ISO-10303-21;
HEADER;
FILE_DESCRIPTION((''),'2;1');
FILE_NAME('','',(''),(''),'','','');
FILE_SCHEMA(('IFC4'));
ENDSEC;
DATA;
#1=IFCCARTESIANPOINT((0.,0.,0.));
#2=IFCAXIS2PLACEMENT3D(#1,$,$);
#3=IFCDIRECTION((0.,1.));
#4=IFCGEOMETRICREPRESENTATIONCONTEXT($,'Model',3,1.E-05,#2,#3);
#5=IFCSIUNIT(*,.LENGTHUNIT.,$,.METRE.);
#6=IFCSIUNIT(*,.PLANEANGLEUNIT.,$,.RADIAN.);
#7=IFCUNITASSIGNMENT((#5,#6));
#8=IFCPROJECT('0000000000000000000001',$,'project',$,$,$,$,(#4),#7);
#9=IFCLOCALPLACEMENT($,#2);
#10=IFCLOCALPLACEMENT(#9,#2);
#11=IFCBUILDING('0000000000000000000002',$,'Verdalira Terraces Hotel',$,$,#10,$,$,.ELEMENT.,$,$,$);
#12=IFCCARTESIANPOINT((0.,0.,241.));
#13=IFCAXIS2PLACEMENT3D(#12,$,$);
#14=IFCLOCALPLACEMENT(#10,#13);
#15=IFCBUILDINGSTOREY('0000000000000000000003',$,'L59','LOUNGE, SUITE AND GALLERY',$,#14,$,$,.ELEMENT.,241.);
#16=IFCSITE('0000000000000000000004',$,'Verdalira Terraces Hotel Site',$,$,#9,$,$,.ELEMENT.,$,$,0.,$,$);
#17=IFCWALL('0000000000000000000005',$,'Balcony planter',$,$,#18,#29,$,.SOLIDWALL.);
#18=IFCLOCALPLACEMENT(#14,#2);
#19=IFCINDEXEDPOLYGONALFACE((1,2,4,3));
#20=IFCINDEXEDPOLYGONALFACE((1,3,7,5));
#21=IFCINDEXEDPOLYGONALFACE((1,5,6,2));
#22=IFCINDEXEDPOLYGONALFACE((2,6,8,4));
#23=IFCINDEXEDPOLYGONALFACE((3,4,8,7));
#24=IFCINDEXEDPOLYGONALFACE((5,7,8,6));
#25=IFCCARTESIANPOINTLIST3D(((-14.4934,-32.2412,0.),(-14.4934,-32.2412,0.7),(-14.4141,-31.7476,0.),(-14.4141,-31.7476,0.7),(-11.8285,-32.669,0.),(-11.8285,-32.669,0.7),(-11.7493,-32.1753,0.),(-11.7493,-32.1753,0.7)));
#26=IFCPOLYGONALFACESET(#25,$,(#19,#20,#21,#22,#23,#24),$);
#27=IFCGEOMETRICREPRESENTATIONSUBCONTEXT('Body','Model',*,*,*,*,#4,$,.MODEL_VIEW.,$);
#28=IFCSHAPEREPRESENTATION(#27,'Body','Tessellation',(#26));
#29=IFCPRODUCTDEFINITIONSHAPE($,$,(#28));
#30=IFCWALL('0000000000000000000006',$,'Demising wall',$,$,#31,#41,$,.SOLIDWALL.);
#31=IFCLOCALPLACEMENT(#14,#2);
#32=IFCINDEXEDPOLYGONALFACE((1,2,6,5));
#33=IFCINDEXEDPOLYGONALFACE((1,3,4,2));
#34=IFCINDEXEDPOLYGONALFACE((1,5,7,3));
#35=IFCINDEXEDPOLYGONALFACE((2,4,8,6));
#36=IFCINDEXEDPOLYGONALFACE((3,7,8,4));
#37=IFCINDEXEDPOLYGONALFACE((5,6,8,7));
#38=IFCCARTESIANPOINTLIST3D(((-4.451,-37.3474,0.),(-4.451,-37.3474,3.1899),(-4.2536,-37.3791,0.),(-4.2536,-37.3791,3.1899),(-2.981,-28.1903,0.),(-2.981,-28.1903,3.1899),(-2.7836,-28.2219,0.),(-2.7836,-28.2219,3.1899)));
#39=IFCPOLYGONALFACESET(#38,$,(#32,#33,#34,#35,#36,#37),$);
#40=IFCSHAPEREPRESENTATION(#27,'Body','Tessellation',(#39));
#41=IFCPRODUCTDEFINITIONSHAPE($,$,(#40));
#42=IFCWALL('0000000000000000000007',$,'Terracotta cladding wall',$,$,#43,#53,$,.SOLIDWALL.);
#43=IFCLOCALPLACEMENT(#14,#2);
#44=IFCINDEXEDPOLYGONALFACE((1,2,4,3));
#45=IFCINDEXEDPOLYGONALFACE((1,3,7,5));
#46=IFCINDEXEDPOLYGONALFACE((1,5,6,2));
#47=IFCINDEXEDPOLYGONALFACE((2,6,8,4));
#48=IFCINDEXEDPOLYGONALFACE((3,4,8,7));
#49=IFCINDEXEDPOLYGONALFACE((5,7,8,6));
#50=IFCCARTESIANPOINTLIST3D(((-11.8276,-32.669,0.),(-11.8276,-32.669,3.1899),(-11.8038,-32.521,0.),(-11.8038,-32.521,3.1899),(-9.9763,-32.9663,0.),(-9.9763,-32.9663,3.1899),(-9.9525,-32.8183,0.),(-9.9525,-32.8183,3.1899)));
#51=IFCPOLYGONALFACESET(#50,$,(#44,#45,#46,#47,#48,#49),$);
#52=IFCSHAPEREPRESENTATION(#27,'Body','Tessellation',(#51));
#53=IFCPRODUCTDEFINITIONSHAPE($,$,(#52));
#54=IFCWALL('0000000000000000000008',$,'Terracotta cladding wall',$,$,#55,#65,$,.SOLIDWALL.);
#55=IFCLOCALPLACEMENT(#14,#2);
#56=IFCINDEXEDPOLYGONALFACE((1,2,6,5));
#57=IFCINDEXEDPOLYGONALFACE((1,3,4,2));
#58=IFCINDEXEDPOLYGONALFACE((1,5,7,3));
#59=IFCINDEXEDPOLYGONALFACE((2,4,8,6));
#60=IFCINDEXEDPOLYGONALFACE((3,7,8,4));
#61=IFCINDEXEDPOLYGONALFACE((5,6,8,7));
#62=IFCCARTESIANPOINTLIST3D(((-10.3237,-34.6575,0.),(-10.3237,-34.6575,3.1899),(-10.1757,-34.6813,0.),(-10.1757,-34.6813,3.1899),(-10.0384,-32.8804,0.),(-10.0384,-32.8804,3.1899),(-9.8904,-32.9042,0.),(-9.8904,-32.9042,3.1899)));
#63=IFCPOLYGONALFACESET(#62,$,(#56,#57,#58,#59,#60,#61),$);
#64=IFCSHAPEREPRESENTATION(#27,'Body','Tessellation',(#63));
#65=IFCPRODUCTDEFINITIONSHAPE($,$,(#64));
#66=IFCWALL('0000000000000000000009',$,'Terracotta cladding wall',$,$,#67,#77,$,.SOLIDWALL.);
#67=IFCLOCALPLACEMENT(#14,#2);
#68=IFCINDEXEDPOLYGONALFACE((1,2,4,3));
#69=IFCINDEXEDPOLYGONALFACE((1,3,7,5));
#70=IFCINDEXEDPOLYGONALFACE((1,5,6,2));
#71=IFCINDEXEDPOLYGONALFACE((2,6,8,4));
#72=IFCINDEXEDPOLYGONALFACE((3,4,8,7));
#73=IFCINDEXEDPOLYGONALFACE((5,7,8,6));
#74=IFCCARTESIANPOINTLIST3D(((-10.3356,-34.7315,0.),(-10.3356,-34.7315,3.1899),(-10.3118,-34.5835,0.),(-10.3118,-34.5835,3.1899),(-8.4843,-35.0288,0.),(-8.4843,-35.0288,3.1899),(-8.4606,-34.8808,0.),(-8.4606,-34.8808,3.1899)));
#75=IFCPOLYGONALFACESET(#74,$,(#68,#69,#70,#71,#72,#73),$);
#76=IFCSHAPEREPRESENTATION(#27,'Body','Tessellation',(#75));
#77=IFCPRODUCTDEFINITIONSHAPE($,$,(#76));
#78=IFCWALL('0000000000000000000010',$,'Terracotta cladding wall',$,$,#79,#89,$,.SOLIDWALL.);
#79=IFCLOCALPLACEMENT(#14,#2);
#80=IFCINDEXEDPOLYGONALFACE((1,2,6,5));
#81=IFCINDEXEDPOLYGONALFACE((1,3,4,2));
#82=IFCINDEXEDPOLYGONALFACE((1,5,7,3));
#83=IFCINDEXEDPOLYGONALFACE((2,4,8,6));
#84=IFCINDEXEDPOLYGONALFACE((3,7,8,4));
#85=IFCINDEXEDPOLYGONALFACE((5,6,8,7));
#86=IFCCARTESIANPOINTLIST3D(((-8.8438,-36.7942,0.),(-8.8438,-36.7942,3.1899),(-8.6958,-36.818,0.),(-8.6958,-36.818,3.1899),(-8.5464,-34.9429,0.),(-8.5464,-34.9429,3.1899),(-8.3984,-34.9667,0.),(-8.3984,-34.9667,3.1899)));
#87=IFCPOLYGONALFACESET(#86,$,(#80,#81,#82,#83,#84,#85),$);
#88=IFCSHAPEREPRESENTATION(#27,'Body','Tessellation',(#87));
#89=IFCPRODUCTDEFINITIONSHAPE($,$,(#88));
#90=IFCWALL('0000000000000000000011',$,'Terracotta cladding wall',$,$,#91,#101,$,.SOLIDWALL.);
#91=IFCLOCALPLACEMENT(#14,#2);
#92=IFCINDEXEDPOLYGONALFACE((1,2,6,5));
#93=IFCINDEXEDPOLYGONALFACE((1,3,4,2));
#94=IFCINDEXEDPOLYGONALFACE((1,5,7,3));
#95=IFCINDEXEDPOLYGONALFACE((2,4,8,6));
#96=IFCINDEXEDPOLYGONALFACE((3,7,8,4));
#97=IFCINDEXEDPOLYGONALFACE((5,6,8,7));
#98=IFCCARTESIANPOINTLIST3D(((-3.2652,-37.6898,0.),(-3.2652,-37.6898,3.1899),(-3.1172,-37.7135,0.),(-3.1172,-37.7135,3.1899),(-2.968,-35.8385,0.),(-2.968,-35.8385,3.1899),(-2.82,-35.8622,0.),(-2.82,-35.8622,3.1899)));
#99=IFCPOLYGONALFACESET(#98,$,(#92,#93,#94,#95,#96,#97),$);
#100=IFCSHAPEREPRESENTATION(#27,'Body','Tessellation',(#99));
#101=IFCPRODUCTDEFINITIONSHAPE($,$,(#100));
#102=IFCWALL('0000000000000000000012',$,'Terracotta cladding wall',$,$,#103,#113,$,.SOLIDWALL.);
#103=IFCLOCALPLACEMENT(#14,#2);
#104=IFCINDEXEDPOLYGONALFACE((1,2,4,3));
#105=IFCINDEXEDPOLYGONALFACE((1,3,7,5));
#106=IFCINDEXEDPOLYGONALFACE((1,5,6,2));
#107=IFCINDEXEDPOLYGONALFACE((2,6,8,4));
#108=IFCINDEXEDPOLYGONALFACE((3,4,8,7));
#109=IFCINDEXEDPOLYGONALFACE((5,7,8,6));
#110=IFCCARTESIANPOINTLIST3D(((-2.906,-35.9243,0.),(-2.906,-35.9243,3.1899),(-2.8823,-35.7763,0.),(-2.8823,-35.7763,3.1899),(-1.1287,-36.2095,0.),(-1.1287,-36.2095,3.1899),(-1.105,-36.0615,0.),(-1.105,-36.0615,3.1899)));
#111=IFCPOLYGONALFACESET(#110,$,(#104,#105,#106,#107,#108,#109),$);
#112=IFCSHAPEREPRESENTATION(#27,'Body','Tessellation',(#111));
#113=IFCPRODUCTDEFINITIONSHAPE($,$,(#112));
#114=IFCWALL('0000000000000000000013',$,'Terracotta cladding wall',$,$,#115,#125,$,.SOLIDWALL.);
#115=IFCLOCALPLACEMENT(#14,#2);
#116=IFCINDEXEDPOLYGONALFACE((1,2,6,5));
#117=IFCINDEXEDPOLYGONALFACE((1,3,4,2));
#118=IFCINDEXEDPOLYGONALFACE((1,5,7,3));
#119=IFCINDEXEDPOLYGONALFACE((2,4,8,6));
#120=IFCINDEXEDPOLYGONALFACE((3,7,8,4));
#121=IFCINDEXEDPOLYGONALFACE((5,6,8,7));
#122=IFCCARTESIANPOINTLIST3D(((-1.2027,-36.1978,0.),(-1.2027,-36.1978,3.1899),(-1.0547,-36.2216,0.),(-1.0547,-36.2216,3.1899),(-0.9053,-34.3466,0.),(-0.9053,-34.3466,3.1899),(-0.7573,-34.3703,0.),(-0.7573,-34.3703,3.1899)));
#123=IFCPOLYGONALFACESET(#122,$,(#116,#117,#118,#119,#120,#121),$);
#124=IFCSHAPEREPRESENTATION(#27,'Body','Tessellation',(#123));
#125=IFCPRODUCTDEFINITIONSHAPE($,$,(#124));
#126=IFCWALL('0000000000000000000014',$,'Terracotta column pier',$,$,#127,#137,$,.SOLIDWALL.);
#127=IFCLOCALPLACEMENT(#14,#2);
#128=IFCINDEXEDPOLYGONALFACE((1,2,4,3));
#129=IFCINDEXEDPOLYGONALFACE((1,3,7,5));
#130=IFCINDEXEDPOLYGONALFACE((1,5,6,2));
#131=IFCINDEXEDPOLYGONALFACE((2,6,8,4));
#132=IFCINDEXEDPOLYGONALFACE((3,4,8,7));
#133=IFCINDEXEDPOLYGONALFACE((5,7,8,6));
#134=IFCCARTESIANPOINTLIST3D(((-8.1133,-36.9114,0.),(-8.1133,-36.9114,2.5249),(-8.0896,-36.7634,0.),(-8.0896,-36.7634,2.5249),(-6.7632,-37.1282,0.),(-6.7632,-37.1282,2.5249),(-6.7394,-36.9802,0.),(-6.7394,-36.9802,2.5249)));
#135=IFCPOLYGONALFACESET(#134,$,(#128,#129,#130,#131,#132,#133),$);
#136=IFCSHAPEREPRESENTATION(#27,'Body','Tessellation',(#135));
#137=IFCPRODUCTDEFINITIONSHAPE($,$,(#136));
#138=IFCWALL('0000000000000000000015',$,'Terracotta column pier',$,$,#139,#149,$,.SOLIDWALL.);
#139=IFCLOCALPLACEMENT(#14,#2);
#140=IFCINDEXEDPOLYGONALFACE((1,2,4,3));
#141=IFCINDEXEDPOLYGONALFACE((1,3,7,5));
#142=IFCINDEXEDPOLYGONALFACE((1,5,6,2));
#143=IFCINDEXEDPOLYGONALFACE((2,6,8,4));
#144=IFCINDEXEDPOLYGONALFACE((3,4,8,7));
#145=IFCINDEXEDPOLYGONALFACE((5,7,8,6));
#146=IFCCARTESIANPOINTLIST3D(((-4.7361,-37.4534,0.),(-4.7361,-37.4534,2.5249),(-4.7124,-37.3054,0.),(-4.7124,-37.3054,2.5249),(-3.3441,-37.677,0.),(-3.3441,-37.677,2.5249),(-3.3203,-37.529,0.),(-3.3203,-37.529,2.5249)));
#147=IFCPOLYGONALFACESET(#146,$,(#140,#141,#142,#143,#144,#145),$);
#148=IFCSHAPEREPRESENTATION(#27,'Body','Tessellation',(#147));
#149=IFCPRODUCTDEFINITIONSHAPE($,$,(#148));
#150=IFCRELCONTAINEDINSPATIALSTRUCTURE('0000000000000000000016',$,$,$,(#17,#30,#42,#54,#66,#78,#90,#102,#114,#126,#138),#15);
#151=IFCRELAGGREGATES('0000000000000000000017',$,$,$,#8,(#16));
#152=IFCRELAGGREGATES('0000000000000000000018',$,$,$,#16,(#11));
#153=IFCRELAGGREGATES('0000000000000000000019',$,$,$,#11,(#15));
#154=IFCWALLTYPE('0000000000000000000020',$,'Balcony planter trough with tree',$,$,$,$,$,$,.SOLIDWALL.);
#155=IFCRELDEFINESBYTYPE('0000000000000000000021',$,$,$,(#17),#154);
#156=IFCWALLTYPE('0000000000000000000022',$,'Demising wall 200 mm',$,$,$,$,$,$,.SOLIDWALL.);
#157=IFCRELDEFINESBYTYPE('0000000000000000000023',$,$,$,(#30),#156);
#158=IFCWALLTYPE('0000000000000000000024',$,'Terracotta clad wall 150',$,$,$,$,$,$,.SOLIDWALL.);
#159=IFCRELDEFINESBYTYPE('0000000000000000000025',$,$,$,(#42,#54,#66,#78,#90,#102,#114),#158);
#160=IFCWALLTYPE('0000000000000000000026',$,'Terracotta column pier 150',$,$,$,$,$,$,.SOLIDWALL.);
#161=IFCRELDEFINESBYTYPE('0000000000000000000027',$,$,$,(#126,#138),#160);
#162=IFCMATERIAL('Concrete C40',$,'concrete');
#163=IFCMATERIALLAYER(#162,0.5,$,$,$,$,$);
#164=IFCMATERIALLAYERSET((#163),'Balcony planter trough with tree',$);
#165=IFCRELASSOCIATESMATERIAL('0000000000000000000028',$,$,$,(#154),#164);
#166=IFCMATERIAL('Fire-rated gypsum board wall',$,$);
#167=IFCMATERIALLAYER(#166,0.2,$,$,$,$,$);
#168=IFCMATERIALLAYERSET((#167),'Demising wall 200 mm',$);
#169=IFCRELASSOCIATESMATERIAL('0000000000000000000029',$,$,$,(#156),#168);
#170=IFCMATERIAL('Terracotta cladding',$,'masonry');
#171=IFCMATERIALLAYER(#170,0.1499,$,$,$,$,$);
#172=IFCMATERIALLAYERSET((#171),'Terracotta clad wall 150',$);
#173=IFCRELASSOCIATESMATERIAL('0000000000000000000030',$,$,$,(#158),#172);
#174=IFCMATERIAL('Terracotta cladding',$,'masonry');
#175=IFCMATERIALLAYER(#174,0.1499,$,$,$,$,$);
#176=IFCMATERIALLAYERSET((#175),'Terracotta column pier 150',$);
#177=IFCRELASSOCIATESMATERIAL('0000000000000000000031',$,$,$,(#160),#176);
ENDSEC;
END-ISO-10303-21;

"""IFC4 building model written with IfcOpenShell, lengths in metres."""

from ifc_helpers import new_model, si_unit, direction, frame, frame_2d, origin, place, context, subcontext, project, spatial, rectangle, extrude, material, layer, layer_set, type_object, element, save


model = new_model("IFC4")

# Units and contexts
model_context = context("Model", 3, precision=1e-05, world=origin(), true_north=direction((0.0, 1.0)))
body_context = subcontext(model_context, "Body", "Model", "MODEL_VIEW")
ifc_project = project(units=[si_unit("LENGTHUNIT", "METRE"), si_unit("PLANEANGLEUNIT", "RADIAN")], contexts=[model_context])

# Site, building, storey
site_placement = place(None, origin())
site = spatial("IfcSite", under=ifc_project, at=site_placement, Name="Verdalira Terraces Hotel Site", CompositionType="ELEMENT", RefElevation=0.0)
building_placement = place(site_placement, origin())
building = spatial("IfcBuilding", under=site, at=building_placement, Name="Verdalira Terraces Hotel", CompositionType="ELEMENT")
storey_placement = place(building_placement, frame((0.0, 0.0, 241.0)))
storey = spatial("IfcBuildingStorey", under=building, at=storey_placement, Name="L59", Description="LOUNGE, SUITE AND GALLERY", CompositionType="ELEMENT", Elevation=241.0)

# Walls
ifc_material_1 = material(Name="Concrete C40", Category="concrete")
ifc_layer_1 = layer(ifc_material_1, 0.5)
ifc_layer_set_1 = layer_set([ifc_layer_1], Name="Balcony planter trough with tree")
wall_type_1 = type_object("IfcWallType", Name="Balcony planter trough with tree", PredefinedType="SOLIDWALL", material=ifc_layer_set_1)
wall_1_placement = place(storey_placement, frame((-14.4539, -31.9944, 0.0), z_axis=(0.0, 0.0, 1.0), x_axis=(0.987361, -0.158484, 0.0)))
element("IfcWall", 1, at=wall_1_placement, inside=storey, type_object=wall_type_1, Name="Balcony planter", PredefinedType="SOLIDWALL", context=body_context, shape_type="SweptSolid", body=[
    extrude(rectangle(XDim=2.699, YDim=0.5, at=frame_2d((1.3496, 0.0))), origin(), (0.0, 0.0, 1.0), 0.7),
])
ifc_material_2 = material(Name="Fire-rated gypsum board wall")
ifc_layer_2 = layer(ifc_material_2, 0.2)
ifc_layer_set_2 = layer_set([ifc_layer_2], Name="Demising wall 200 mm")
wall_type_2 = type_object("IfcWallType", Name="Demising wall 200 mm", PredefinedType="SOLIDWALL", material=ifc_layer_set_2)
wall_2_placement = place(storey_placement, frame((-4.3523, -37.3633, 0.0), z_axis=(0.0, 0.0, 1.0), x_axis=(0.158497, 0.98736, 0.0)))
element("IfcWall", 2, at=wall_2_placement, inside=storey, type_object=wall_type_2, Name="Demising wall", PredefinedType="SOLIDWALL", context=body_context, shape_type="SweptSolid", body=[
    extrude(rectangle(XDim=9.2744, YDim=0.2, at=frame_2d((4.6372, 0.0))), origin(), (0.0, 0.0, 1.0), 3.1899),
])
ifc_material_3 = material(Name="Terracotta cladding", Category="masonry")
ifc_layer_3 = layer(ifc_material_3, 0.1499)
ifc_layer_set_3 = layer_set([ifc_layer_3], Name="Terracotta clad wall 150")
wall_type_3 = type_object("IfcWallType", Name="Terracotta clad wall 150", PredefinedType="SOLIDWALL", material=ifc_layer_set_3)
wall_3_placement = place(storey_placement, frame((-11.8157, -32.595, 0.0), z_axis=(0.0, 0.0, 1.0), x_axis=(0.987345, -0.15859, 0.0)))
element("IfcWall", 3, at=wall_3_placement, inside=storey, type_object=wall_type_3, Name="Terracotta cladding wall", PredefinedType="SOLIDWALL", context=body_context, shape_type="SweptSolid", body=[
    extrude(rectangle(XDim=1.875, YDim=0.1499, at=frame_2d((0.9375, 0.0))), origin(), (0.0, 0.0, 1.0), 3.1899),
])
wall_4_placement = place(storey_placement, frame((-9.9644, -32.8923, 0.0), z_axis=(0.0, 0.0, 1.0), x_axis=(-0.158567, -0.987348, 0.0)))
element("IfcWall", 4, at=wall_4_placement, inside=storey, type_object=wall_type_3, Name="Terracotta cladding wall", PredefinedType="SOLIDWALL", context=body_context, shape_type="SweptSolid", body=[
    extrude(rectangle(XDim=1.7998, YDim=0.1499, at=frame_2d((0.8999, 0.0))), origin(), (0.0, 0.0, 1.0), 3.1899),
])
for number, where, z_axis, x_axis, name in (
    (5, (-10.3237, -34.6575, 0.0), (0.0, 0.0, 1.0), (0.987345, -0.15859, 0.0), "Terracotta cladding wall"),
    (6, (-8.4724, -34.9548, 0.0), (0.0, 0.0, 1.0), (-0.15859, -0.987345, 0.0), "Terracotta cladding wall"),
    (7, (-3.1912, -37.7017, 0.0), (0.0, 0.0, 1.0), (0.158463, 0.987365, 0.0), "Terracotta cladding wall"),
):
    element("IfcWall", number, at=place(storey_placement, frame(where, z_axis=z_axis, x_axis=x_axis)), inside=storey, type_object=wall_type_3, Name=name, PredefinedType="SOLIDWALL", context=body_context, shape_type="SweptSolid", body=[
        extrude(rectangle(XDim=1.875, YDim=0.1499, at=frame_2d((0.9375, 0.0))), origin(), (0.0, 0.0, 1.0), 3.1899),
    ])
wall_5_placement = place(storey_placement, frame((-2.894, -35.8503, 0.0), z_axis=(0.0, 0.0, 1.0), x_axis=(0.987373, -0.158414, 0.0)))
element("IfcWall", 8, at=wall_5_placement, inside=storey, type_object=wall_type_3, Name="Terracotta cladding wall", PredefinedType="SOLIDWALL", context=body_context, shape_type="SweptSolid", body=[
    extrude(rectangle(XDim=1.8, YDim=0.1499, at=frame_2d((0.8999, 0.0))), origin(), (0.0, 0.0, 1.0), 3.1899),
])
wall_6_placement = place(storey_placement, frame((-1.1287, -36.2097, 0.0), z_axis=(0.0, 0.0, 1.0), x_axis=(0.15859, 0.987345, 0.0)))
element("IfcWall", 9, at=wall_6_placement, inside=storey, type_object=wall_type_3, Name="Terracotta cladding wall", PredefinedType="SOLIDWALL", context=body_context, shape_type="SweptSolid", body=[
    extrude(rectangle(XDim=1.875, YDim=0.1499, at=frame_2d((0.9375, 0.0))), origin(), (0.0, 0.0, 1.0), 3.1899),
])
ifc_material_4 = material(Name="Terracotta cladding", Category="masonry")
ifc_layer_4 = layer(ifc_material_4, 0.1499)
ifc_layer_set_4 = layer_set([ifc_layer_4], Name="Terracotta column pier 150")
wall_type_4 = type_object("IfcWallType", Name="Terracotta column pier 150", PredefinedType="SOLIDWALL", material=ifc_layer_set_4)
wall_7_placement = place(storey_placement, frame((-8.1013, -36.8374, 0.0), z_axis=(0.0, 0.0, 1.0), x_axis=(0.987351, -0.158548, 0.0)))
element("IfcWall", 10, at=wall_7_placement, inside=storey, type_object=wall_type_4, Name="Terracotta column pier", PredefinedType="SOLIDWALL", context=body_context, shape_type="SweptSolid", body=[
    extrude(rectangle(XDim=1.3674, YDim=0.1499, at=frame_2d((0.6836, 0.0))), origin(), (0.0, 0.0, 1.0), 2.5249),
])
wall_8_placement = place(storey_placement, frame((-4.7244, -37.3794, 0.0), z_axis=(0.0, 0.0, 1.0), x_axis=(0.987341, -0.158612, 0.0)))
element("IfcWall", 11, at=wall_8_placement, inside=storey, type_object=wall_type_4, Name="Terracotta column pier", PredefinedType="SOLIDWALL", context=body_context, shape_type="SweptSolid", body=[
    extrude(rectangle(XDim=1.4099, YDim=0.1499, at=frame_2d((0.7051, 0.0))), origin(), (0.0, 0.0, 1.0), 2.5249),
])

save(model, "model.ifc")
